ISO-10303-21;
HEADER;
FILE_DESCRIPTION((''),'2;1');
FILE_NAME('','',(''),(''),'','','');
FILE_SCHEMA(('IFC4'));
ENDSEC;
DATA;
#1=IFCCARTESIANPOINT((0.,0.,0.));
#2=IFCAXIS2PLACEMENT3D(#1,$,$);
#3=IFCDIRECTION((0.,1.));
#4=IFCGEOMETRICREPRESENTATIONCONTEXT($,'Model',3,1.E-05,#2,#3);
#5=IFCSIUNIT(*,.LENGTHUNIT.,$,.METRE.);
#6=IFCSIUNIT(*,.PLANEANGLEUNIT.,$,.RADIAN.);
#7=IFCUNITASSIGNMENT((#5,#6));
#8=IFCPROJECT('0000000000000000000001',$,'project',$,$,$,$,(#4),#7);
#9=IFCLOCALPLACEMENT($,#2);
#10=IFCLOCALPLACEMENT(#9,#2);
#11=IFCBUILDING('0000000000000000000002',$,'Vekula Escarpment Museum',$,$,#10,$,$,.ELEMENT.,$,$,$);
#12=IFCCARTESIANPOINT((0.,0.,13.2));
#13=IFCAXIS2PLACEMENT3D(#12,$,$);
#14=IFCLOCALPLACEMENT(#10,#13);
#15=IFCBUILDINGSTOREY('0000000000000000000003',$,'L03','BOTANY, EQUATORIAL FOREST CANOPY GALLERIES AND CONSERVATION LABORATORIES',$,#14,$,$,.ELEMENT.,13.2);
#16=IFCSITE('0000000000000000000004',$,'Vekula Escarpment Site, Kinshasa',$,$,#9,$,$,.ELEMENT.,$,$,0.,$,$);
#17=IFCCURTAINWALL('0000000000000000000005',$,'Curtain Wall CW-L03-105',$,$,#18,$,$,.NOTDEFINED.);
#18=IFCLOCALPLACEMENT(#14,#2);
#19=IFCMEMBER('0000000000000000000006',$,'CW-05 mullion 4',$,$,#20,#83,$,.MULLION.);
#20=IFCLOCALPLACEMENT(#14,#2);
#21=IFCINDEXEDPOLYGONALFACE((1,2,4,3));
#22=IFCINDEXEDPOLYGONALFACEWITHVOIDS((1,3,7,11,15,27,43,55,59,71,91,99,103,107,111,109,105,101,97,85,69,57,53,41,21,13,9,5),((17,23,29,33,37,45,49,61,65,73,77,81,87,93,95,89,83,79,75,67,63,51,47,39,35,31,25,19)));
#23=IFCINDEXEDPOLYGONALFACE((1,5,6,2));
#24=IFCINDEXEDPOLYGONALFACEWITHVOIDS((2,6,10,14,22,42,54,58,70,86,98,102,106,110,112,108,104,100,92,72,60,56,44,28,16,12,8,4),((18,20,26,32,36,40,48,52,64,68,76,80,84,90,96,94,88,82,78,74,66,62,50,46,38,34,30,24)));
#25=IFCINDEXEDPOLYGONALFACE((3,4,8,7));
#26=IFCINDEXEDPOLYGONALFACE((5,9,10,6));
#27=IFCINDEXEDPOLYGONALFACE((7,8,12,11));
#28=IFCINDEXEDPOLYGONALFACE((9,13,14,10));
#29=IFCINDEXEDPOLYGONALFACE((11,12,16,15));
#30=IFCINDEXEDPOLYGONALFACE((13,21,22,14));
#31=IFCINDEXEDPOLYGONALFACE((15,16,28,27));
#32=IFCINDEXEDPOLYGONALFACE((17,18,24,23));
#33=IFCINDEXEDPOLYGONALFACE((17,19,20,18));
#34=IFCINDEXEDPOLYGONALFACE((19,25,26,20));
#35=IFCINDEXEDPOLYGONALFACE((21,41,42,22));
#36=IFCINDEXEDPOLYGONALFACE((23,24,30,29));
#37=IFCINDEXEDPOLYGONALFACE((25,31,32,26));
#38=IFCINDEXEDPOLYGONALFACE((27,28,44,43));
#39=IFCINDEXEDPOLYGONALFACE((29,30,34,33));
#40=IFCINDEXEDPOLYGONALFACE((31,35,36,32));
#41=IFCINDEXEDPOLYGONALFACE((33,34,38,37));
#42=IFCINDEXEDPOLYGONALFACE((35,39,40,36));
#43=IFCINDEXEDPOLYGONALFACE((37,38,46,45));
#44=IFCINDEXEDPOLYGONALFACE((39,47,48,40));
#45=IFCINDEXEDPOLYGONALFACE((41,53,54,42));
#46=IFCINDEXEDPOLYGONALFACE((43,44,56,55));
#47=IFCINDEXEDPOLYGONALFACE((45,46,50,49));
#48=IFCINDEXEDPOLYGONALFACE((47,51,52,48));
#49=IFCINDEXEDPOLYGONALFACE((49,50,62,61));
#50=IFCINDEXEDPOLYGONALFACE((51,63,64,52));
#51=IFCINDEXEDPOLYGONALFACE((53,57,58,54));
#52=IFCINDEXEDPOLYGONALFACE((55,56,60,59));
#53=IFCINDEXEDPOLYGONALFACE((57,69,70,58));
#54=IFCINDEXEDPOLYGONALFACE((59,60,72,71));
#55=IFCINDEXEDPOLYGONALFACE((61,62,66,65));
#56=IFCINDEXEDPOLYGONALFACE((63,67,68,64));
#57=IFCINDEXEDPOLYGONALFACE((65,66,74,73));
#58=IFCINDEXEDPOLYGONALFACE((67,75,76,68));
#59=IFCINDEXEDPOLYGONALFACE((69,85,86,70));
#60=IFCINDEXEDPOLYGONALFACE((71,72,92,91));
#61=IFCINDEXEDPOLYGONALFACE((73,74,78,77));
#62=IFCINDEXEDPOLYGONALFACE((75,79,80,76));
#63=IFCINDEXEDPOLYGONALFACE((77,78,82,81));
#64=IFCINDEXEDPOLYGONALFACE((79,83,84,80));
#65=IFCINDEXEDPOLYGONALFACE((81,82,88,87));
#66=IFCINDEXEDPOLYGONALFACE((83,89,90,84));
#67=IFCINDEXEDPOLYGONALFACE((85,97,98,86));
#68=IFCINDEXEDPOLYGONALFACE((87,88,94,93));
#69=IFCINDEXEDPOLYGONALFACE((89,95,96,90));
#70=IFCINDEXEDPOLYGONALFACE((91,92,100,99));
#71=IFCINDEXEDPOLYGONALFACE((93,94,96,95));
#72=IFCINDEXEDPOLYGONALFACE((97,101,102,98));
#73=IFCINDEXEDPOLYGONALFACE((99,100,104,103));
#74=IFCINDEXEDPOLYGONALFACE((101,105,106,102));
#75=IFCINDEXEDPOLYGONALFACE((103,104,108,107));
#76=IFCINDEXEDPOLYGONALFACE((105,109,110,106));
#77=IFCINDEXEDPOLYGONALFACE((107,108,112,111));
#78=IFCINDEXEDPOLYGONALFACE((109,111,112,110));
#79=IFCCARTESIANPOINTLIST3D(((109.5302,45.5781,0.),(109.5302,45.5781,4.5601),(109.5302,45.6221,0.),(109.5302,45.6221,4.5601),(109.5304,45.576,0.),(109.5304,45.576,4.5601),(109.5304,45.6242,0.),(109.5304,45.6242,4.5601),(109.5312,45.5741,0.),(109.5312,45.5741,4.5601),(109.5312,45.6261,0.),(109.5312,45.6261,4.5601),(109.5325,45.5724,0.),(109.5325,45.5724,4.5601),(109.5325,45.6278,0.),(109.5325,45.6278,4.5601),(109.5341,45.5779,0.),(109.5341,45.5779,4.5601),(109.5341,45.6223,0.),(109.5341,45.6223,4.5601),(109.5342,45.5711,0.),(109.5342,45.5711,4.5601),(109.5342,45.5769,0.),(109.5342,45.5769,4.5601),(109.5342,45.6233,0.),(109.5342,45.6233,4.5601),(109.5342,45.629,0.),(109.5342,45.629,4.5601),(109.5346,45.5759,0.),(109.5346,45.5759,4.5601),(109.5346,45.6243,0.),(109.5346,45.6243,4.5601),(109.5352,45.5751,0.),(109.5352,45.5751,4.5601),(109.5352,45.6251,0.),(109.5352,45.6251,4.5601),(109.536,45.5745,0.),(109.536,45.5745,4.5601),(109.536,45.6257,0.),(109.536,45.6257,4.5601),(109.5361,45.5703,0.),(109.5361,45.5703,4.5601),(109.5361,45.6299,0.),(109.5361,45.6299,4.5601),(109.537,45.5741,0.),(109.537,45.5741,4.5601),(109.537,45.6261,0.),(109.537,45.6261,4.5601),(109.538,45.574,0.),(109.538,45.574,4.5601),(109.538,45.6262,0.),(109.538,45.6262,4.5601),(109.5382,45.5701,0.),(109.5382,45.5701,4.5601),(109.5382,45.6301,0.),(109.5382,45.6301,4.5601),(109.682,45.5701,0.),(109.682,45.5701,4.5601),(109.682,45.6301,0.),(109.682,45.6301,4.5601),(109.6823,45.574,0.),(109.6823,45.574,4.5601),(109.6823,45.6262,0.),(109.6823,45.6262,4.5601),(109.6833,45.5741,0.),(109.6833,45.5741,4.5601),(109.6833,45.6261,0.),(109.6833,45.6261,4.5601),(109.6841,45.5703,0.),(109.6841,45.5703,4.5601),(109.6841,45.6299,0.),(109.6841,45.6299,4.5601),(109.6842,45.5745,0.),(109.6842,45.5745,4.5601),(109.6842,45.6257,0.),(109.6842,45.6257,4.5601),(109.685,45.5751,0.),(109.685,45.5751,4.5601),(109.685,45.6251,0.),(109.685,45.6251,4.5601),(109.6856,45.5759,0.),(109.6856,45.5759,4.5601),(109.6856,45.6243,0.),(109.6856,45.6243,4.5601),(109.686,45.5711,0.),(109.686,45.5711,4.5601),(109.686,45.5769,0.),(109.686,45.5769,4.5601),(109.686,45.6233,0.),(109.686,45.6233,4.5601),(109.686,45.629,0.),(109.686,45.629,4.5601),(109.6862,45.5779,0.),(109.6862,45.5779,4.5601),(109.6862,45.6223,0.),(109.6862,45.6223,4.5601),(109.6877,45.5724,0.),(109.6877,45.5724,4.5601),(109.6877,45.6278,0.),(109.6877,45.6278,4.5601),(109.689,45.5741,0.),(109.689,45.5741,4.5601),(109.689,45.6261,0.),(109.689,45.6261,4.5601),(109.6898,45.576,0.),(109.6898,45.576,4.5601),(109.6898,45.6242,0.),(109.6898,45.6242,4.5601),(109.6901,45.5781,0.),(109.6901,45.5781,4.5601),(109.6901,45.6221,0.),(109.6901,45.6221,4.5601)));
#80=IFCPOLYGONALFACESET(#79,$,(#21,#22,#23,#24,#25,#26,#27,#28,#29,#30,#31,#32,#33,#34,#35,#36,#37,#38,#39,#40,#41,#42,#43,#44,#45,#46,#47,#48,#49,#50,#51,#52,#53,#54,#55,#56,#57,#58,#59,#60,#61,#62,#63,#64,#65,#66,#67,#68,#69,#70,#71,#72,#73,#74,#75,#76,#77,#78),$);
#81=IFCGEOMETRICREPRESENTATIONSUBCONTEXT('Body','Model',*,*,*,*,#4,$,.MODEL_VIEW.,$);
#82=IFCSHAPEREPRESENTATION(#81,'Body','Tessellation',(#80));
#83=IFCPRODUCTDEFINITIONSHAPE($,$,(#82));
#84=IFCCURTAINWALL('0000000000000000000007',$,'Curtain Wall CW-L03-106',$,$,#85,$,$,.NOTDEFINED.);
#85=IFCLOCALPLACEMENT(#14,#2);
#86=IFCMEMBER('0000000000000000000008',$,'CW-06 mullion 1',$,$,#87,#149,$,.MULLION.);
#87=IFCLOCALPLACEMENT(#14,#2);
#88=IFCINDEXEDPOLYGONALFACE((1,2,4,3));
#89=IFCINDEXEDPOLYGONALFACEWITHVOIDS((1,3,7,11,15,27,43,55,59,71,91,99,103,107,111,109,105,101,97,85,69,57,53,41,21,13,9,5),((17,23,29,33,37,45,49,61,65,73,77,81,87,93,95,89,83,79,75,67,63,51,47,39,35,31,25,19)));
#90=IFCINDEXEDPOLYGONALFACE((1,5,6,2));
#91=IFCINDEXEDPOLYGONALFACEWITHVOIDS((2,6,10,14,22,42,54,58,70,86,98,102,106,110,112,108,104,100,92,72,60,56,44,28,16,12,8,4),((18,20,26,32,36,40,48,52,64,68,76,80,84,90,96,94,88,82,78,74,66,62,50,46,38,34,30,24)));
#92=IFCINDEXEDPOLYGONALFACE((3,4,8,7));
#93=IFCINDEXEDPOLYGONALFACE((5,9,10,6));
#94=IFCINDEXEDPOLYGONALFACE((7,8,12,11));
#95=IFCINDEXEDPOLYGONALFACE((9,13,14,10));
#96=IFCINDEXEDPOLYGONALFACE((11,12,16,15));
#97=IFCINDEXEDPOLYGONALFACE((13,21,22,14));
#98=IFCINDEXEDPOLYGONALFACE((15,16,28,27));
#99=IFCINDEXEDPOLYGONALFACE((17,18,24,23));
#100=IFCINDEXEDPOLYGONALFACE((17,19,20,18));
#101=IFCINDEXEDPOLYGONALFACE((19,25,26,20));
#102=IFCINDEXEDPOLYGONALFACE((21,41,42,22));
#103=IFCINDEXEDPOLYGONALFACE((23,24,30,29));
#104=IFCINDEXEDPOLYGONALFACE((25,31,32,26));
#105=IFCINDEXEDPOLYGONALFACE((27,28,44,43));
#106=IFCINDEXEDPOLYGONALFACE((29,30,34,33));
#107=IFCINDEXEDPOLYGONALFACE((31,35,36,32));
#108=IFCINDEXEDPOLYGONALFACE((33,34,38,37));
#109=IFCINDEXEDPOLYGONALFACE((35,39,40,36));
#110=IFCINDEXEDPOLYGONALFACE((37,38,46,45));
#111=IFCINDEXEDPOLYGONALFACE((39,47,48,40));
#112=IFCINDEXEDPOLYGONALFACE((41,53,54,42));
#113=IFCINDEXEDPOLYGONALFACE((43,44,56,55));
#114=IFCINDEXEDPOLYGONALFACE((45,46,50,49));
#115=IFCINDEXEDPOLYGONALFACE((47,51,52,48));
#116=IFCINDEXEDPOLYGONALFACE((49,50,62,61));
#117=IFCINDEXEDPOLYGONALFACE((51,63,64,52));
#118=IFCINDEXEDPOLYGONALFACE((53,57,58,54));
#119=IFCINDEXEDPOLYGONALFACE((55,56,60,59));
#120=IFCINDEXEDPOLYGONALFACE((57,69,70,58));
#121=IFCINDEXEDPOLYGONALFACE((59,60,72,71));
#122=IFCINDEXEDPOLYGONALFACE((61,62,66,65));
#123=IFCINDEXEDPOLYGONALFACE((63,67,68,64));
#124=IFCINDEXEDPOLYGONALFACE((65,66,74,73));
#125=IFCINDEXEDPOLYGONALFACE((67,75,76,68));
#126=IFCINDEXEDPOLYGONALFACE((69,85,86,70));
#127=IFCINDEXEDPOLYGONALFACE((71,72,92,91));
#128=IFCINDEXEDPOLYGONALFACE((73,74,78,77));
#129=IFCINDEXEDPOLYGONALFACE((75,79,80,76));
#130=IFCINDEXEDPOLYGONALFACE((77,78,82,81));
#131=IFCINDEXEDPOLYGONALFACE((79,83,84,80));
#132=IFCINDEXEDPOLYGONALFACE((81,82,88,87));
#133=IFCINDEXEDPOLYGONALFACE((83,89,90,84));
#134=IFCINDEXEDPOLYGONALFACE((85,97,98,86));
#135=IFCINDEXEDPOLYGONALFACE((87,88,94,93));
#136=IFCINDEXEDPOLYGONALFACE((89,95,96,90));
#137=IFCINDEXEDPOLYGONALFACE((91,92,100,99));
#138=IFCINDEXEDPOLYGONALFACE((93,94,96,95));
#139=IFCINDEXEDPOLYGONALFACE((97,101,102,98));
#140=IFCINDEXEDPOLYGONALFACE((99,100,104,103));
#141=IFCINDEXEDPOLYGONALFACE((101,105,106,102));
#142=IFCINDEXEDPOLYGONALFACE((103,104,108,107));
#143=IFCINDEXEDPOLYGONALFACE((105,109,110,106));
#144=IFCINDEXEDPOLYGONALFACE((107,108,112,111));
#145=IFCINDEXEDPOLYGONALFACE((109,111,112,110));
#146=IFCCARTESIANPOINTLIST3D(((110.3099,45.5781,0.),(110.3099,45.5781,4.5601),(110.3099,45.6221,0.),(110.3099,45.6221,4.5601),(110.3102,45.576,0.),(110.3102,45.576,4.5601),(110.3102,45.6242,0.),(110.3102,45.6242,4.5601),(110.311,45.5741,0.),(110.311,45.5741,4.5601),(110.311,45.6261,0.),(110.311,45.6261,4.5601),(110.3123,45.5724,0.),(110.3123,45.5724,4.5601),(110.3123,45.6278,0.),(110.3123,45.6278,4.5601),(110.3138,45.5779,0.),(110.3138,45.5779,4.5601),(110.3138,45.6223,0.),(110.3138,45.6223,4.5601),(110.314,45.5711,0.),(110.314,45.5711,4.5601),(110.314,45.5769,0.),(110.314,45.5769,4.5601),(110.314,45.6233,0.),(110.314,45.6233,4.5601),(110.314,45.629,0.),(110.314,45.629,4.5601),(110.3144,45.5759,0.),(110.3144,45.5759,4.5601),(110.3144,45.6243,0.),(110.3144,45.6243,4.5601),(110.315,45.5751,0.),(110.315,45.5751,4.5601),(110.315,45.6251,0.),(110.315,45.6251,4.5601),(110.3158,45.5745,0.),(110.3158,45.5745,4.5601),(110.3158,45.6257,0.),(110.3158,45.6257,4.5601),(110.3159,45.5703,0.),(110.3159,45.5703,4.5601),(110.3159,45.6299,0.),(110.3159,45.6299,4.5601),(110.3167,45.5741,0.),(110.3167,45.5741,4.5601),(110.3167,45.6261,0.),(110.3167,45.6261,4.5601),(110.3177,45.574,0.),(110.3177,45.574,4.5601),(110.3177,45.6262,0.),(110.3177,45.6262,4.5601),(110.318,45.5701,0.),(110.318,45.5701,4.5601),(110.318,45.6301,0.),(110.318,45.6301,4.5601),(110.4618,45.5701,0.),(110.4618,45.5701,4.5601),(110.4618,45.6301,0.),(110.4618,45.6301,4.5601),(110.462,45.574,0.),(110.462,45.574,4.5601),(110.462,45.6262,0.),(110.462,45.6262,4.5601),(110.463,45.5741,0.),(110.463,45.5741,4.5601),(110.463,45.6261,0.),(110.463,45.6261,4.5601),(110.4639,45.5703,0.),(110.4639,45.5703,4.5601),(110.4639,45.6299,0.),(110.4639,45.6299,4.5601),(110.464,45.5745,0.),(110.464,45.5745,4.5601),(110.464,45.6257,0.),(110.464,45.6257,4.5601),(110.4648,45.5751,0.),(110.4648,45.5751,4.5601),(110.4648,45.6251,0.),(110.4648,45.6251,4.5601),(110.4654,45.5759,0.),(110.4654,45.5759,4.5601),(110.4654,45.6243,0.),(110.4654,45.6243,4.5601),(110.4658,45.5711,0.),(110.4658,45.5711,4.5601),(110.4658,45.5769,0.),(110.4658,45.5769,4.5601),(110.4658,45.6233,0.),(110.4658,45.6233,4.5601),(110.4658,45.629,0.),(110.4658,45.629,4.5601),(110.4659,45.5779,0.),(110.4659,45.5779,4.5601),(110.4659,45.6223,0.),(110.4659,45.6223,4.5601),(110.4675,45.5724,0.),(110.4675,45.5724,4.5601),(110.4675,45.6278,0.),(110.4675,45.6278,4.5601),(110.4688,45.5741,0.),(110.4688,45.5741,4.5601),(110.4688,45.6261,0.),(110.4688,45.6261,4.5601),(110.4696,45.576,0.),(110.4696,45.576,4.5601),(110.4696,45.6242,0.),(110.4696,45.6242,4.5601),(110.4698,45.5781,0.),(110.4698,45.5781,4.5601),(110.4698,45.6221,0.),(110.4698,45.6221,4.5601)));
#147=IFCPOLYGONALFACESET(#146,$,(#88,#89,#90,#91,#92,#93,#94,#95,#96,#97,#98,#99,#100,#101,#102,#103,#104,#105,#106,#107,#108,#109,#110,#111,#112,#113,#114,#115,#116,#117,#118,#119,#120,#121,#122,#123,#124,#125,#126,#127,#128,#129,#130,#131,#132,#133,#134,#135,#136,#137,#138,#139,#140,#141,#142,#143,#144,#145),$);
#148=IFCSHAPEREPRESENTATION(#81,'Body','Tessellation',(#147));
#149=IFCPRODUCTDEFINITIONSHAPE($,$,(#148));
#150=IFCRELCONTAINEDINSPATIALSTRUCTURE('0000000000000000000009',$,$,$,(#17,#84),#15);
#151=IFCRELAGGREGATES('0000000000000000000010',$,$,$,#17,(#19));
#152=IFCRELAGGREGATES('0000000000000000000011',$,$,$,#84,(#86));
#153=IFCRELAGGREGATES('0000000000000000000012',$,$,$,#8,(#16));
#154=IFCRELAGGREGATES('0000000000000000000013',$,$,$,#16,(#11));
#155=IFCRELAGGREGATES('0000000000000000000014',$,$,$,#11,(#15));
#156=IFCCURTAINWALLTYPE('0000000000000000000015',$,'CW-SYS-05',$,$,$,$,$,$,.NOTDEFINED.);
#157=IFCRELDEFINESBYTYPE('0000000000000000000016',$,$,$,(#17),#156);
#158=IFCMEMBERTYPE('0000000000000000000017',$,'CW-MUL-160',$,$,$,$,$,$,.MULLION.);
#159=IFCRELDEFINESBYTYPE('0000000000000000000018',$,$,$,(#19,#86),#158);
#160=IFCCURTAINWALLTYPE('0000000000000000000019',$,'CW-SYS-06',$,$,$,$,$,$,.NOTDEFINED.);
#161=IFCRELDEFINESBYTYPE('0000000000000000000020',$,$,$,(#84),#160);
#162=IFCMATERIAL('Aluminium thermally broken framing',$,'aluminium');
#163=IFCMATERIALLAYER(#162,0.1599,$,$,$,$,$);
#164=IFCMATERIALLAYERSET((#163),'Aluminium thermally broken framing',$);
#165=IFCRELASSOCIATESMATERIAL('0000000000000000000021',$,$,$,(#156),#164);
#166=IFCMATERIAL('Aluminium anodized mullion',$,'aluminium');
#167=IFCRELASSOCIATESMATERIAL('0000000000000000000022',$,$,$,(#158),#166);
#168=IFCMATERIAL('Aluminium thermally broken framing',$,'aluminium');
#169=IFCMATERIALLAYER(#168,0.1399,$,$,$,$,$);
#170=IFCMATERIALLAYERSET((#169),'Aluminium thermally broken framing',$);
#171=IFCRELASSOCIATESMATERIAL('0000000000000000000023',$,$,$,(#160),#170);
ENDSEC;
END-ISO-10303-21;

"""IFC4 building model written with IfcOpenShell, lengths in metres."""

from ifc_helpers import new_model, si_unit, direction, frame, origin, origin_2d, place, context, subcontext, project, spatial, hollow_rectangle, extrude, material, layer, layer_set, material_profile, profile_set, type_object, element, aggregate, save


model = new_model("IFC4")

# Units and contexts
model_context = context("Model", 3, precision=1e-05, world=origin(), true_north=direction((0.0, 1.0)))
body_context = subcontext(model_context, "Body", "Model", "MODEL_VIEW")
ifc_project = project(units=[si_unit("LENGTHUNIT", "METRE"), si_unit("PLANEANGLEUNIT", "RADIAN")], contexts=[model_context])

# Site, building, storey
site_placement = place(None, origin())
site = spatial("IfcSite", under=ifc_project, at=site_placement, Name="Vekula Escarpment Site, Kinshasa", CompositionType="ELEMENT", RefElevation=0.0)
building_placement = place(site_placement, origin())
building = spatial("IfcBuilding", under=site, at=building_placement, Name="Vekula Escarpment Museum", CompositionType="ELEMENT")
storey_placement = place(building_placement, frame((0.0, 0.0, 13.2)))
storey = spatial("IfcBuildingStorey", under=building, at=storey_placement, Name="L03", Description="BOTANY, EQUATORIAL FOREST CANOPY GALLERIES AND CONSERVATION LABORATORIES", CompositionType="ELEMENT", Elevation=13.2)

# Curtain wall, member
ifc_material_1 = material(Name="Aluminium thermally broken framing", Category="aluminium")
ifc_layer_1 = layer(ifc_material_1, 0.1599)
ifc_layer_set_1 = layer_set([ifc_layer_1], Name="Aluminium thermally broken framing")
curtain_wall_type_1 = type_object("IfcCurtainWallType", Name="CW-SYS-05", PredefinedType="NOTDEFINED", material=ifc_layer_set_1)
curtain_wall_1_placement = place(storey_placement, origin())
curtain_wall_1 = element("IfcCurtainWall", 1, at=curtain_wall_1_placement, inside=storey, type_object=curtain_wall_type_1, Name="Curtain Wall CW-L03-105", PredefinedType="NOTDEFINED")
ifc_material_2 = material(Name="Aluminium anodized mullion", Category="aluminium")
ifc_material_profile_1 = material_profile(ifc_material_2, hollow_rectangle(XDim=0.0601, YDim=0.1599, WallThickness=0.0039, InnerFilletRadius=0.0039, OuterFilletRadius=0.0081, at=origin_2d()), Name="ALU 160x60x4")
ifc_profile_set_1 = profile_set([ifc_material_profile_1], Name="Aluminium anodized mullion")
member_type_1 = type_object("IfcMemberType", Name="CW-MUL-160", PredefinedType="MULLION", material=ifc_profile_set_1)
member_1_placement = place(storey_placement, frame((109.6101, 45.6001, 0.0), z_axis=(0.0, 0.0, 1.0), x_axis=(0.0, 1.0, 0.0)))
member_1 = element("IfcMember", 2, at=member_1_placement, type_object=member_type_1, Name="CW-05 mullion 4", PredefinedType="MULLION", context=body_context, shape_type="SweptSolid", body=[
    extrude(hollow_rectangle(XDim=0.0601, YDim=0.1599, WallThickness=0.0039, InnerFilletRadius=0.0039, OuterFilletRadius=0.0081, at=origin_2d()), origin(), (0.0, 0.0, 1.0), 4.5601),
])
aggregate(curtain_wall_1, [member_1])

# Curtain wall, member
ifc_material_3 = material(Name="Aluminium thermally broken framing", Category="aluminium")
ifc_layer_2 = layer(ifc_material_3, 0.1399)
ifc_layer_set_2 = layer_set([ifc_layer_2], Name="Aluminium thermally broken framing")
curtain_wall_type_2 = type_object("IfcCurtainWallType", Name="CW-SYS-06", PredefinedType="NOTDEFINED", material=ifc_layer_set_2)
curtain_wall_2_placement = place(storey_placement, origin())
curtain_wall_2 = element("IfcCurtainWall", 3, at=curtain_wall_2_placement, inside=storey, type_object=curtain_wall_type_2, Name="Curtain Wall CW-L03-106", PredefinedType="NOTDEFINED")
member_2_placement = place(storey_placement, frame((110.3899, 45.6001, 0.0), z_axis=(0.0, 0.0, 1.0), x_axis=(0.0, 1.0, 0.0)))
member_2 = element("IfcMember", 4, at=member_2_placement, type_object=member_type_1, Name="CW-06 mullion 1", PredefinedType="MULLION", context=body_context, shape_type="SweptSolid", body=[
    extrude(hollow_rectangle(XDim=0.0601, YDim=0.1599, WallThickness=0.0039, InnerFilletRadius=0.0039, OuterFilletRadius=0.0081, at=origin_2d()), origin(), (0.0, 0.0, 1.0), 4.5601),
])
aggregate(curtain_wall_2, [member_2])

save(model, "model.ifc")
